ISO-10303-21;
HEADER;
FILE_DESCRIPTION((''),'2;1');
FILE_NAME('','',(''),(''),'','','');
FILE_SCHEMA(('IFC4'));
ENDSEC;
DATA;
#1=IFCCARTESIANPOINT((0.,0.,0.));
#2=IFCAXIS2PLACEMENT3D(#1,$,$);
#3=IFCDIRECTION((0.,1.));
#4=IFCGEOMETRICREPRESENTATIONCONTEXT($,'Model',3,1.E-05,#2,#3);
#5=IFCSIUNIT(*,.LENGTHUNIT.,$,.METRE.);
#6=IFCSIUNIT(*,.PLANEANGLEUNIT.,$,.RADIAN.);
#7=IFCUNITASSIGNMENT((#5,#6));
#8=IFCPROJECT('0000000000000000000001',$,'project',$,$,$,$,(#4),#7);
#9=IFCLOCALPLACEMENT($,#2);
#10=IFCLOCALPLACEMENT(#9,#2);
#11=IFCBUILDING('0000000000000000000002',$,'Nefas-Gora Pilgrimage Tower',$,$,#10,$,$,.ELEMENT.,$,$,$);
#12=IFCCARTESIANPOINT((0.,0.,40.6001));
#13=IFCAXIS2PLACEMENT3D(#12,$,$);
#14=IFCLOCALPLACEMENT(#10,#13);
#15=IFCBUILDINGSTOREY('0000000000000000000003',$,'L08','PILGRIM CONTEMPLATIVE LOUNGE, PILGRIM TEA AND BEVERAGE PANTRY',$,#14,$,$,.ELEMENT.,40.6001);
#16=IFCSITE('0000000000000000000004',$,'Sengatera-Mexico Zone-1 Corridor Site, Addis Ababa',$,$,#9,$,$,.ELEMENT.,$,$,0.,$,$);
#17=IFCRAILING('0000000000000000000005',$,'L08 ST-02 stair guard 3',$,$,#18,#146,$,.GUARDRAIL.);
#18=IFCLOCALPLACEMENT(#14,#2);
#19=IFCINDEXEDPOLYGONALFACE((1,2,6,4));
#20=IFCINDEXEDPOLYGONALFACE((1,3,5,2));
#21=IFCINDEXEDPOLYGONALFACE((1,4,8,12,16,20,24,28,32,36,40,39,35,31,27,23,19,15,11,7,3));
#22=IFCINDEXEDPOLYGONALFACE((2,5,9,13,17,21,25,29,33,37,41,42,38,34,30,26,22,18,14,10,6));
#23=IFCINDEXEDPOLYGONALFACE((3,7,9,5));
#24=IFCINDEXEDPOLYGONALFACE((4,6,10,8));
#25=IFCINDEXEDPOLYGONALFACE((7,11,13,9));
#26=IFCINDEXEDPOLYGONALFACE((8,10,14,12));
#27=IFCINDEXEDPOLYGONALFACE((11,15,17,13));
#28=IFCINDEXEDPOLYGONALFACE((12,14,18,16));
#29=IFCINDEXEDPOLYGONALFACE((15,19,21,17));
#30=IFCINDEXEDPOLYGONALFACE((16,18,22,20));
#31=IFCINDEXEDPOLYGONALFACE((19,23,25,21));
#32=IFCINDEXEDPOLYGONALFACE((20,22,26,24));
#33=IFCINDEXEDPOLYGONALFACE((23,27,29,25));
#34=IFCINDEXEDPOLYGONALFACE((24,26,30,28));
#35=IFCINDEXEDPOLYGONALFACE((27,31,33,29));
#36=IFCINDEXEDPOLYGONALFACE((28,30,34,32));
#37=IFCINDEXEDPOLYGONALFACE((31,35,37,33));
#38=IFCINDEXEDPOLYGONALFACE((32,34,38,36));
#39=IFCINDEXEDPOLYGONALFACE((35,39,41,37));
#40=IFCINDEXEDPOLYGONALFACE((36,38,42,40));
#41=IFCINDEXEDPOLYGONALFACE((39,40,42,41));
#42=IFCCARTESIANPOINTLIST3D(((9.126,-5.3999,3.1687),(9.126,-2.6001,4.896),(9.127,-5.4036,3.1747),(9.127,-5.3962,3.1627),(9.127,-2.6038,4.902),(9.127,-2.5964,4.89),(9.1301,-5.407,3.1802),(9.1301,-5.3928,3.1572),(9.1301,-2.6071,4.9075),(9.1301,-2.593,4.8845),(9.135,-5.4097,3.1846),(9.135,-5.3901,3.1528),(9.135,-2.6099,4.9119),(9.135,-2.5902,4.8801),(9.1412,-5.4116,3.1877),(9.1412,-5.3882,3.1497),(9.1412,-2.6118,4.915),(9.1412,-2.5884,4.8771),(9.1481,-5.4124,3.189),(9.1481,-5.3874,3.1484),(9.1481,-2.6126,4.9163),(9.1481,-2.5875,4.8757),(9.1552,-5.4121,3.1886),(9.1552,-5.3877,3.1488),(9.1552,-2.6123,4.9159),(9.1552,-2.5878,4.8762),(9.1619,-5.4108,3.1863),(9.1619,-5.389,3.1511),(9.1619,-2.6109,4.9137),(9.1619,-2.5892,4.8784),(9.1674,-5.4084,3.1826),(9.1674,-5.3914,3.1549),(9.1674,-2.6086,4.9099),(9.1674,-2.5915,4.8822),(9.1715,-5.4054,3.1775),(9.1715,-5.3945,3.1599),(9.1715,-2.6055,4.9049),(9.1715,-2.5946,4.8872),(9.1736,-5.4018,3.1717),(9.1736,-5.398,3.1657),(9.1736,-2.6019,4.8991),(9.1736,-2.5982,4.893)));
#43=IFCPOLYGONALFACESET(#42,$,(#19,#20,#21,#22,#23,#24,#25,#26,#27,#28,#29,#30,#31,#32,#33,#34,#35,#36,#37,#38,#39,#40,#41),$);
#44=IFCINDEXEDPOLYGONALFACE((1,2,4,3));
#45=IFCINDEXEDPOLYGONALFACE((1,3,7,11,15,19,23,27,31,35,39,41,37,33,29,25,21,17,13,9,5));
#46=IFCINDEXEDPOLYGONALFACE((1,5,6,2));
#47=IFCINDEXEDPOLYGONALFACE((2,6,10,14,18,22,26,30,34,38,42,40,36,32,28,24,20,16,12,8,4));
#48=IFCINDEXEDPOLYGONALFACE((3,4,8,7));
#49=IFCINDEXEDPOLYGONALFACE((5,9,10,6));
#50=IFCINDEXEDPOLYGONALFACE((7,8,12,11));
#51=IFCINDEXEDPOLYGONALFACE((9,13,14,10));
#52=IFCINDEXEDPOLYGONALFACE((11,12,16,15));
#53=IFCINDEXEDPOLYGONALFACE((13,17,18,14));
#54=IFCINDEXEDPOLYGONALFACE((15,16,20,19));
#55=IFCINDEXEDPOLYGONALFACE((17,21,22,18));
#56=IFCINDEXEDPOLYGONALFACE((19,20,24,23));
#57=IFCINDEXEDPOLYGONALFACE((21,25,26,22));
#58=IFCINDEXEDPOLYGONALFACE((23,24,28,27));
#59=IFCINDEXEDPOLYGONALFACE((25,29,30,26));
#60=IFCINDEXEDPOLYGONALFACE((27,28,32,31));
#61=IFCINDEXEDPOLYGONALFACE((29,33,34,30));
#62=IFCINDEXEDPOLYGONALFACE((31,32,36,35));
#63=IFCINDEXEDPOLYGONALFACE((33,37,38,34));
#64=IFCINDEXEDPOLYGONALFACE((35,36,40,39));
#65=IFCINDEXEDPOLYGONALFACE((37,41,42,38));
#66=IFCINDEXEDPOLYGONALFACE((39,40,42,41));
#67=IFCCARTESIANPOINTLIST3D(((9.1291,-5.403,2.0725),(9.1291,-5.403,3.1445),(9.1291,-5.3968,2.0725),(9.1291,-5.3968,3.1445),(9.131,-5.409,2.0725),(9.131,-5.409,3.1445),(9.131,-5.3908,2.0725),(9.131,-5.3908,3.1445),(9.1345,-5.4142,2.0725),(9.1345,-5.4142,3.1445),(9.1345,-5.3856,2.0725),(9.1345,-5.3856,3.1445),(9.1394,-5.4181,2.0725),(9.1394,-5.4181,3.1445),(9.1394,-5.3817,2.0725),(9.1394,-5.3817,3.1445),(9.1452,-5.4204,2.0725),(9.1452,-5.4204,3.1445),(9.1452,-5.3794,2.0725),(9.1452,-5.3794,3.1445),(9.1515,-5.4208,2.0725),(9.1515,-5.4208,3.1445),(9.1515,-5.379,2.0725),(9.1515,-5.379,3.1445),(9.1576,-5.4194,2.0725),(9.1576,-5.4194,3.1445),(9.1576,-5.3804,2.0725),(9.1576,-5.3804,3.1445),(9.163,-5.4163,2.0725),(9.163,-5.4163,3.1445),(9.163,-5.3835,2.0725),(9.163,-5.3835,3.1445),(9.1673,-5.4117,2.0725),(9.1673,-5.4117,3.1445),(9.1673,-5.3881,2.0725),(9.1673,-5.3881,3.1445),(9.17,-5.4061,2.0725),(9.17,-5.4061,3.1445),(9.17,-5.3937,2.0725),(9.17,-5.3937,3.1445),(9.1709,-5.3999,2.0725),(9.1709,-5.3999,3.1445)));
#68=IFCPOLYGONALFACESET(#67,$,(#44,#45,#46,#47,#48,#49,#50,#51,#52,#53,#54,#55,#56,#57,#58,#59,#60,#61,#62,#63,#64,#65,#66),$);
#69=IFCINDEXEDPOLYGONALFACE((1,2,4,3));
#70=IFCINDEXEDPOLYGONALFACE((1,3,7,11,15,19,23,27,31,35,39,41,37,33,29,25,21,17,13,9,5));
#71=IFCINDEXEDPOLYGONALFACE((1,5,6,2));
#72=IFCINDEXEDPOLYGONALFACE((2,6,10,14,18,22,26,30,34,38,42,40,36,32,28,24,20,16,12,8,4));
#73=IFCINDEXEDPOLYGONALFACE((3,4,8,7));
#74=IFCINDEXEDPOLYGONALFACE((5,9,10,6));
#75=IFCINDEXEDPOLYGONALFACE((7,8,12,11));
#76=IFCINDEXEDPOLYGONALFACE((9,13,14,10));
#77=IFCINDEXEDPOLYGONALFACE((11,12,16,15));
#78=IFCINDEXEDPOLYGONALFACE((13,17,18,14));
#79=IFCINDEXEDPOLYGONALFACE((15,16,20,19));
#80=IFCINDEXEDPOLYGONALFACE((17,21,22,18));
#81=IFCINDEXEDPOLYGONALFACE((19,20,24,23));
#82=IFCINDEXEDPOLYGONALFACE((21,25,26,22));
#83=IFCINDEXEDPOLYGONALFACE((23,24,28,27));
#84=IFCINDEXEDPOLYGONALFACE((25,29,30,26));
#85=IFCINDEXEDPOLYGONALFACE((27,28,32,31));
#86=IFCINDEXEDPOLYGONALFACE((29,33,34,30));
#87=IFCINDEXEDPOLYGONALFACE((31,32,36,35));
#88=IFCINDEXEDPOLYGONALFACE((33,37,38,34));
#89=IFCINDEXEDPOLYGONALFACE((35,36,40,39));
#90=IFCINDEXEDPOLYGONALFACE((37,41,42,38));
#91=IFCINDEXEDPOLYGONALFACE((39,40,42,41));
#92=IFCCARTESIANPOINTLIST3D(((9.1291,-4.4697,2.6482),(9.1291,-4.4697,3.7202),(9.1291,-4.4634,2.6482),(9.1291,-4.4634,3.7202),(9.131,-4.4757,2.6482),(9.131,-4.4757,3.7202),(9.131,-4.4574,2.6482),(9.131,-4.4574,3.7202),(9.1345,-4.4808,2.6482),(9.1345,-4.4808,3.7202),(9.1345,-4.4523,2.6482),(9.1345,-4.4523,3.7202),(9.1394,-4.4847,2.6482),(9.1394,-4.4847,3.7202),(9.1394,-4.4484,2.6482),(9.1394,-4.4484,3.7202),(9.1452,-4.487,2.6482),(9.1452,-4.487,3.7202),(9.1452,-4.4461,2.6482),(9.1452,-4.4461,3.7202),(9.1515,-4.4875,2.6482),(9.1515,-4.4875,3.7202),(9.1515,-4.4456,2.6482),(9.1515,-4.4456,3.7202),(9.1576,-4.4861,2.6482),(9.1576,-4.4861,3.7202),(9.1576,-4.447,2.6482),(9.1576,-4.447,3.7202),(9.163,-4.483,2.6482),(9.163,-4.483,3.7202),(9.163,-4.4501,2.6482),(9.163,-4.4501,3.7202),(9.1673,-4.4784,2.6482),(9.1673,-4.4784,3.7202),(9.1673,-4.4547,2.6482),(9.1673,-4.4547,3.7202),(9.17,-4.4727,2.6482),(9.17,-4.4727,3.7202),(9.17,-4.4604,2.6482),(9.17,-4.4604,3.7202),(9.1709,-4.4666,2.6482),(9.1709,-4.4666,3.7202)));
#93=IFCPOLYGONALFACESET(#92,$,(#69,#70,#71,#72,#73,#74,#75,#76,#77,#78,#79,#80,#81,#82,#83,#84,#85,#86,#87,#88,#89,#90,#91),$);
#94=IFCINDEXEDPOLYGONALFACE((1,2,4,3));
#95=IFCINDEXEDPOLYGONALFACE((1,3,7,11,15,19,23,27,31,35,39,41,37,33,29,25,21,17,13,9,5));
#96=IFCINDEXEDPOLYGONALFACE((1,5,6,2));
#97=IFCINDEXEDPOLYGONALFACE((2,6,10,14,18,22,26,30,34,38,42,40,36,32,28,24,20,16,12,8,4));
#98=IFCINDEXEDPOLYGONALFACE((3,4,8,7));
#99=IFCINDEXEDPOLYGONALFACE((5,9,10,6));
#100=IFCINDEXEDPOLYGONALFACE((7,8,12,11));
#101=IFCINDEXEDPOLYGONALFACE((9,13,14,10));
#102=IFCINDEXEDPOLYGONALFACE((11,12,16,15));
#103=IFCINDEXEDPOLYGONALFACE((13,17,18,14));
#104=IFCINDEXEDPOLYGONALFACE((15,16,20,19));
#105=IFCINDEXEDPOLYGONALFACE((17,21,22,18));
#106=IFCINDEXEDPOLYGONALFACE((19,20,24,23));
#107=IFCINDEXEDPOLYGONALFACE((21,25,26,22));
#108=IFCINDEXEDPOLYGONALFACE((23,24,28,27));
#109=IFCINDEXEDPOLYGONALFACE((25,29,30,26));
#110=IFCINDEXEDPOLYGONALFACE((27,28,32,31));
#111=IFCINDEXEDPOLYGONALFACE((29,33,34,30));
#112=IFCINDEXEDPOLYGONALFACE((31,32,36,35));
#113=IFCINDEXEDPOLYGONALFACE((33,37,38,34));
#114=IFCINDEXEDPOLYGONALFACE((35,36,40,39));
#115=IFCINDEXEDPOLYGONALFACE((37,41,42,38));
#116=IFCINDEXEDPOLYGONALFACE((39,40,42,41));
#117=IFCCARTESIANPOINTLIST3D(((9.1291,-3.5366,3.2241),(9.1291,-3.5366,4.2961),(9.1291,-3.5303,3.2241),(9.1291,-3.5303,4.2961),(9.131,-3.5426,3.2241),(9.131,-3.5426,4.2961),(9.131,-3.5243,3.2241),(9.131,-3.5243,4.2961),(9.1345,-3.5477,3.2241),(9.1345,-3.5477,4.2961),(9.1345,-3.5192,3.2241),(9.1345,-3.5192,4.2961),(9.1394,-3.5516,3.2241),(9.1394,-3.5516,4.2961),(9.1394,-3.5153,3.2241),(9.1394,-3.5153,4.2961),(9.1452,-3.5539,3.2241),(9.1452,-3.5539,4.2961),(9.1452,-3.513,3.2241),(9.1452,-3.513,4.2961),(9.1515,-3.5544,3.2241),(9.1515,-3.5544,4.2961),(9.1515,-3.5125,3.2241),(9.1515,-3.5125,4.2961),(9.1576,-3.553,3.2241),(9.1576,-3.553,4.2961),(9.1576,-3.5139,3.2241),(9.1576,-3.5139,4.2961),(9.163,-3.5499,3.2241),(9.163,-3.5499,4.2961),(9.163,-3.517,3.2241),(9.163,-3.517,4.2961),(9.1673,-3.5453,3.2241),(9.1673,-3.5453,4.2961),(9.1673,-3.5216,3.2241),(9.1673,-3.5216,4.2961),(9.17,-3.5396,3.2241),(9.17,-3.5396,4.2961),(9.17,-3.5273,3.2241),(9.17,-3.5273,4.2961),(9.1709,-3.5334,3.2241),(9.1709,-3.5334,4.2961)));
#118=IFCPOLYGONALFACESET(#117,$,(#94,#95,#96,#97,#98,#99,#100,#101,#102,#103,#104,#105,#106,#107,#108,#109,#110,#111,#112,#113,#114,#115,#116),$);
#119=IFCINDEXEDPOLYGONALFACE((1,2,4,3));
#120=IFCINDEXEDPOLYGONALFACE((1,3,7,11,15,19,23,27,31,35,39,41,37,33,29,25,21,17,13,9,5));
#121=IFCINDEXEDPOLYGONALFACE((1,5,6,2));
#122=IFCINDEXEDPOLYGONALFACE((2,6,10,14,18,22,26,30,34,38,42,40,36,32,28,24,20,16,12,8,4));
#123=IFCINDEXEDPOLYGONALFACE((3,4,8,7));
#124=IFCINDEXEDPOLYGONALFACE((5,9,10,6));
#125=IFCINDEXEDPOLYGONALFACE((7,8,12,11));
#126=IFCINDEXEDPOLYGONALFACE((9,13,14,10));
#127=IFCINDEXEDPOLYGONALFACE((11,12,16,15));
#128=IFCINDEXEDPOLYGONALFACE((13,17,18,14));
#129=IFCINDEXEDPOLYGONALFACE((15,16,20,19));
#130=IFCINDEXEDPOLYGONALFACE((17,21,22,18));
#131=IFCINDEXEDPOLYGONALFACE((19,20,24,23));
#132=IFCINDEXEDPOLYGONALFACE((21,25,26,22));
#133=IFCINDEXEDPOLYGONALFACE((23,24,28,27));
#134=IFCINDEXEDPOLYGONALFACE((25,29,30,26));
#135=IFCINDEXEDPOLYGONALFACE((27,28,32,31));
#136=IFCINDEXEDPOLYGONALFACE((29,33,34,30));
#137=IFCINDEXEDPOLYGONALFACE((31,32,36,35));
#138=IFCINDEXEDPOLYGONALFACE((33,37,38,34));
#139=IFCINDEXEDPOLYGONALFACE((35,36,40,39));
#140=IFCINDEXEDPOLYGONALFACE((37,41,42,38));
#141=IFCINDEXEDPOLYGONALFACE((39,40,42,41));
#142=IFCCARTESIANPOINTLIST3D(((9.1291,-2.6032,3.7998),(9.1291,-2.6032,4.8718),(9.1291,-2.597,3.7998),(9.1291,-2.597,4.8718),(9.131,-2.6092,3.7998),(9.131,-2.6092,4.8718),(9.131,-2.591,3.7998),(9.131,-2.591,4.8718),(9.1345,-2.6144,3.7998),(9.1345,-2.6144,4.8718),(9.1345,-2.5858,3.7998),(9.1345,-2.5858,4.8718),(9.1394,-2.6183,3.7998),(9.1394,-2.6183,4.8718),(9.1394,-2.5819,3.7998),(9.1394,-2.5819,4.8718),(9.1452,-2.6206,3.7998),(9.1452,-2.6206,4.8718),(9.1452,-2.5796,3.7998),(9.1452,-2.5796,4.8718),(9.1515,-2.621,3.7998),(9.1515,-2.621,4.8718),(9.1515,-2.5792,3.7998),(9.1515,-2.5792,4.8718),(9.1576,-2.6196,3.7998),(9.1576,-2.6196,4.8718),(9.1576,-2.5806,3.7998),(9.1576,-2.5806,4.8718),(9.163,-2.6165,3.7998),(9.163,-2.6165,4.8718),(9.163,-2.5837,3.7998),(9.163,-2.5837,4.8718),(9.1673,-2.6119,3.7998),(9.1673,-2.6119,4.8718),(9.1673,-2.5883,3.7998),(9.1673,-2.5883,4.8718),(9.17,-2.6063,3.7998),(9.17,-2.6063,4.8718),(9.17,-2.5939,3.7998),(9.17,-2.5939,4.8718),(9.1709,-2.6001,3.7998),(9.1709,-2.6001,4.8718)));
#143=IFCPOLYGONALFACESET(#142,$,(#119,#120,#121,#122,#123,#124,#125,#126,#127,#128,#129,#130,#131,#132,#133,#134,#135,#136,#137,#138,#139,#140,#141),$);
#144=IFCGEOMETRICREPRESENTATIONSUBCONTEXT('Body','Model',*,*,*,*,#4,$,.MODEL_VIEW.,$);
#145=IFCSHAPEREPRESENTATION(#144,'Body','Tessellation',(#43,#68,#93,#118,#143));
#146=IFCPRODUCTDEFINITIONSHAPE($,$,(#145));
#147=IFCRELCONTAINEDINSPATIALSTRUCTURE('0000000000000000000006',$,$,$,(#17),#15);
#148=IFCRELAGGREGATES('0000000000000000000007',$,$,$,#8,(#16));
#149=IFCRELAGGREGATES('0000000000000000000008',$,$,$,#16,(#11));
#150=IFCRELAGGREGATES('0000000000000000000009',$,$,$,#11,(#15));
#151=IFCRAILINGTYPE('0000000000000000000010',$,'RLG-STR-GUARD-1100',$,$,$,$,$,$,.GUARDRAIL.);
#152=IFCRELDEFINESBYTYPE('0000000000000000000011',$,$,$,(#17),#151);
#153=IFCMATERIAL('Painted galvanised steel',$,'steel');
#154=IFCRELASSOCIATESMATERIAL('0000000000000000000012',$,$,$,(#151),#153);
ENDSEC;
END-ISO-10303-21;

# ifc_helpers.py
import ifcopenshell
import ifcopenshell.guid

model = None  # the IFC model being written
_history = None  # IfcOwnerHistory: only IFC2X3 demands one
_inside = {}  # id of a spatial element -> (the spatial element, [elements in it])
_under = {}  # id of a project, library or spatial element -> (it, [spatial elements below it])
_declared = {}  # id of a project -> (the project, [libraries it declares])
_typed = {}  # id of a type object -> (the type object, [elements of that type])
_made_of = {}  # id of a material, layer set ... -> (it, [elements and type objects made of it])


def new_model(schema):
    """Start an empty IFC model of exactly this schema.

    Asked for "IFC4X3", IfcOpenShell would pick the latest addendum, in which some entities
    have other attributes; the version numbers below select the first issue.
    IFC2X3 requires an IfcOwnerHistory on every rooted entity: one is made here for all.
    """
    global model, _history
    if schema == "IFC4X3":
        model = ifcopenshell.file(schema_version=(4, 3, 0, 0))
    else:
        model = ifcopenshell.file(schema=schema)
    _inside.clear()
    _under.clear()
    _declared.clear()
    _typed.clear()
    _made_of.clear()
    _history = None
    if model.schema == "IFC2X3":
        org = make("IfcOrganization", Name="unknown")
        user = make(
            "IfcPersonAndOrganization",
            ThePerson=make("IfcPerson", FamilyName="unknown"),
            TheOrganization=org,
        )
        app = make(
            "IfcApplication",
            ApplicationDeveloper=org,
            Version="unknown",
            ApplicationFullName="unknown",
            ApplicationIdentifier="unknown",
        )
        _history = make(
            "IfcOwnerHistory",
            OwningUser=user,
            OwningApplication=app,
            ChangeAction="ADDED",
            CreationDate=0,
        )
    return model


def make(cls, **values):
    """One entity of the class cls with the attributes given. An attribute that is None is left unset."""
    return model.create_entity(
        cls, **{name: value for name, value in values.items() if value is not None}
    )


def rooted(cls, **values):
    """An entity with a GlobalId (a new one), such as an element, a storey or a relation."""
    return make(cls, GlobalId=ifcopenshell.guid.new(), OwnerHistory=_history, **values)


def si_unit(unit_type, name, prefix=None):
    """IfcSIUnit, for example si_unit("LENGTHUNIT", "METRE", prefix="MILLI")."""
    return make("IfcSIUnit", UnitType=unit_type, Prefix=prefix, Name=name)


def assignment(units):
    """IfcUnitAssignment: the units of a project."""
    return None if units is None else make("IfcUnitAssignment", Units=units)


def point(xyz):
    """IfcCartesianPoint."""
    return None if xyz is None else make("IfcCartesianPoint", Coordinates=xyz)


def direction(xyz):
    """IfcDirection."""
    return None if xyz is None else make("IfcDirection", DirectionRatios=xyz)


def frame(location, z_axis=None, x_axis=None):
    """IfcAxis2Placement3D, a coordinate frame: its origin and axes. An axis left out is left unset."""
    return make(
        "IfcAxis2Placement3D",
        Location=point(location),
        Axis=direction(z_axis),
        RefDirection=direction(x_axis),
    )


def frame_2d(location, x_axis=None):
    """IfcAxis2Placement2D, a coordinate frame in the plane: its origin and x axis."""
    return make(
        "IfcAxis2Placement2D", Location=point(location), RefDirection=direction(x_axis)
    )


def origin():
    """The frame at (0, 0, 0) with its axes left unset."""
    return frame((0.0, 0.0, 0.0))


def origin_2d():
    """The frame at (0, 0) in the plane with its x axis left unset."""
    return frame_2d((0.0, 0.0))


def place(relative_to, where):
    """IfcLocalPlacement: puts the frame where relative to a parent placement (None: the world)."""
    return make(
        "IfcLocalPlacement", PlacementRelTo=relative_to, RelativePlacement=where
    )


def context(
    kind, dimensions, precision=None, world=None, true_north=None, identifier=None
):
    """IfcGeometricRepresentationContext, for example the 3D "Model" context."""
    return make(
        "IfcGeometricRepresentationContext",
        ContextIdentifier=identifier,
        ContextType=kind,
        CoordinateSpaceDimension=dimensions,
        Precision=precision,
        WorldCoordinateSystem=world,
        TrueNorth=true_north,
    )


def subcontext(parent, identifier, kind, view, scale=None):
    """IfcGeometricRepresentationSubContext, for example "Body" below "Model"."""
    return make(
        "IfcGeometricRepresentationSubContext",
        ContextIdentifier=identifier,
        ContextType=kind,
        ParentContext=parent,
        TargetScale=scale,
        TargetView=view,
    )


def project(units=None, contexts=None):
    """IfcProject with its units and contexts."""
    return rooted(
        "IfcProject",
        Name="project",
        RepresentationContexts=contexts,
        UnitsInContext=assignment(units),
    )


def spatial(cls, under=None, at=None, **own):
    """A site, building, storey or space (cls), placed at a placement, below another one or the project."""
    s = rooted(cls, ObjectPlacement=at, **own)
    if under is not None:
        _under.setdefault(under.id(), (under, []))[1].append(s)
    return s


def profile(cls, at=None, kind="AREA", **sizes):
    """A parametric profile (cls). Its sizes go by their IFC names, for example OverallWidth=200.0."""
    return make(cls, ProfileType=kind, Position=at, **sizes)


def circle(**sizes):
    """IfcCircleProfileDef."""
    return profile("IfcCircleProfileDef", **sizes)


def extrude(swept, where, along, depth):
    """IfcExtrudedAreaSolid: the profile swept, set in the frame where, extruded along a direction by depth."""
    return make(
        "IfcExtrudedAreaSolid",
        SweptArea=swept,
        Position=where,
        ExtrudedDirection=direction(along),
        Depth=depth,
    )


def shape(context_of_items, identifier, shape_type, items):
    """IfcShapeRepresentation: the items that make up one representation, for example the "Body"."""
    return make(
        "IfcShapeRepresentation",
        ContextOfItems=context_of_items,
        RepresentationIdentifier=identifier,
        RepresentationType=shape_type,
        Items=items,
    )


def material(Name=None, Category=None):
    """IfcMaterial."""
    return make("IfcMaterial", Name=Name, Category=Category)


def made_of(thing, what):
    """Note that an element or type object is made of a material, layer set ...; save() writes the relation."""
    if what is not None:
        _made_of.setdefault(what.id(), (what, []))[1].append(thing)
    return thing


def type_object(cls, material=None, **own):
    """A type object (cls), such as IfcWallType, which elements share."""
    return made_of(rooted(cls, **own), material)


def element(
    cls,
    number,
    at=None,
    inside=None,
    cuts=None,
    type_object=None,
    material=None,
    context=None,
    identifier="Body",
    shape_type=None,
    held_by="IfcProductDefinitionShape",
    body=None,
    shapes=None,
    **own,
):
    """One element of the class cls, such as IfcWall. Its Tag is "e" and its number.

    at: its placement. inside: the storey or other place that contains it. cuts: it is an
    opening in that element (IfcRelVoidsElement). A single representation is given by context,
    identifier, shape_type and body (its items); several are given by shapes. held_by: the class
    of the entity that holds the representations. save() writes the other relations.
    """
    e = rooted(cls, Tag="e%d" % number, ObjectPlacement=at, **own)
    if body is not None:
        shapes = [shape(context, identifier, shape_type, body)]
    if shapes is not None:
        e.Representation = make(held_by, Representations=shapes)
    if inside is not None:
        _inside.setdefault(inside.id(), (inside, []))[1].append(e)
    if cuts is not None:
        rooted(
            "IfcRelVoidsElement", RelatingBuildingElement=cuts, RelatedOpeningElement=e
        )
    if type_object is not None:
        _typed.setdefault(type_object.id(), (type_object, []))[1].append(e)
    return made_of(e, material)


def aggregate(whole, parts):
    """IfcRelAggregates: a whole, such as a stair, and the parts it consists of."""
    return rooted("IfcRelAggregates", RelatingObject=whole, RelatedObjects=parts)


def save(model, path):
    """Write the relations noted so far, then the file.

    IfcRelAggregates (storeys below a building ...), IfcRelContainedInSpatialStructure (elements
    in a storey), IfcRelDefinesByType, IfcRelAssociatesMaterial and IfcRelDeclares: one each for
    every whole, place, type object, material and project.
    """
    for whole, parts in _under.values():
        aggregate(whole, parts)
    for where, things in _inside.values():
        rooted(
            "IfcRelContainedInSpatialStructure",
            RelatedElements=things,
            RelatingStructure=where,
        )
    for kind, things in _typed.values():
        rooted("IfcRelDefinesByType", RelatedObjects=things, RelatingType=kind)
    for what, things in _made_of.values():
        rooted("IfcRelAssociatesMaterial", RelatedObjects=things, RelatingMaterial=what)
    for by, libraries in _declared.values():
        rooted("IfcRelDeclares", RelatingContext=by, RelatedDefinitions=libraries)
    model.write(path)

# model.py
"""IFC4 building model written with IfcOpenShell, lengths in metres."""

from ifc_helpers import new_model, si_unit, direction, frame, origin, origin_2d, place, context, subcontext, project, spatial, circle, extrude, material, type_object, element, save


model = new_model("IFC4")

# Units and contexts
model_context = context("Model", 3, precision=1e-05, world=origin(), true_north=direction((0.0, 1.0)))
body_context = subcontext(model_context, "Body", "Model", "MODEL_VIEW")
ifc_project = project(units=[si_unit("LENGTHUNIT", "METRE"), si_unit("PLANEANGLEUNIT", "RADIAN")], contexts=[model_context])

# Site, building, storey
site_placement = place(None, origin())
site = spatial("IfcSite", under=ifc_project, at=site_placement, Name="Sengatera-Mexico Zone-1 Corridor Site, Addis Ababa", CompositionType="ELEMENT", RefElevation=0.0)
building_placement = place(site_placement, origin())
building = spatial("IfcBuilding", under=site, at=building_placement, Name="Nefas-Gora Pilgrimage Tower", CompositionType="ELEMENT")
storey_placement = place(building_placement, frame((0.0, 0.0, 40.6001)))
storey = spatial("IfcBuildingStorey", under=building, at=storey_placement, Name="L08", Description="PILGRIM CONTEMPLATIVE LOUNGE, PILGRIM TEA AND BEVERAGE PANTRY", CompositionType="ELEMENT", Elevation=40.6001)

# Railing
ifc_material_1 = material(Name="Painted galvanised steel", Category="steel")
railing_type_1 = type_object("IfcRailingType", Name="RLG-STR-GUARD-1100", PredefinedType="GUARDRAIL", material=ifc_material_1)
railing_1_placement = place(storey_placement, frame((9.1499, -5.3999, 2.0725)))
element("IfcRailing", 1, at=railing_1_placement, inside=storey, type_object=railing_type_1, Name="L08 ST-02 stair guard 3", PredefinedType="GUARDRAIL", context=body_context, shape_type="SweptSolid", body=[
    extrude(circle(Radius=0.0239, at=origin_2d()), frame((0.0, 0.0, 1.0962), z_axis=(0.0, 0.851069, 0.525054), x_axis=(-1.0, 0.0, 0.0)), (0.0, 0.0, 1.0), 3.2898),
    extrude(circle(Radius=0.021, at=origin_2d()), origin(), (0.0, 0.0, 1.0), 1.072),
    extrude(circle(Radius=0.021, at=origin_2d()), frame((0.0, 0.9333, 0.5757)), (0.0, 0.0, 1.0), 1.072),
    extrude(circle(Radius=0.021, at=origin_2d()), frame((0.0, 1.8665, 1.1516)), (0.0, 0.0, 1.0), 1.072),
    extrude(circle(Radius=0.021, at=origin_2d()), frame((0.0, 2.7998, 1.7273)), (0.0, 0.0, 1.0), 1.072),
])

save(model, "model.ifc")
